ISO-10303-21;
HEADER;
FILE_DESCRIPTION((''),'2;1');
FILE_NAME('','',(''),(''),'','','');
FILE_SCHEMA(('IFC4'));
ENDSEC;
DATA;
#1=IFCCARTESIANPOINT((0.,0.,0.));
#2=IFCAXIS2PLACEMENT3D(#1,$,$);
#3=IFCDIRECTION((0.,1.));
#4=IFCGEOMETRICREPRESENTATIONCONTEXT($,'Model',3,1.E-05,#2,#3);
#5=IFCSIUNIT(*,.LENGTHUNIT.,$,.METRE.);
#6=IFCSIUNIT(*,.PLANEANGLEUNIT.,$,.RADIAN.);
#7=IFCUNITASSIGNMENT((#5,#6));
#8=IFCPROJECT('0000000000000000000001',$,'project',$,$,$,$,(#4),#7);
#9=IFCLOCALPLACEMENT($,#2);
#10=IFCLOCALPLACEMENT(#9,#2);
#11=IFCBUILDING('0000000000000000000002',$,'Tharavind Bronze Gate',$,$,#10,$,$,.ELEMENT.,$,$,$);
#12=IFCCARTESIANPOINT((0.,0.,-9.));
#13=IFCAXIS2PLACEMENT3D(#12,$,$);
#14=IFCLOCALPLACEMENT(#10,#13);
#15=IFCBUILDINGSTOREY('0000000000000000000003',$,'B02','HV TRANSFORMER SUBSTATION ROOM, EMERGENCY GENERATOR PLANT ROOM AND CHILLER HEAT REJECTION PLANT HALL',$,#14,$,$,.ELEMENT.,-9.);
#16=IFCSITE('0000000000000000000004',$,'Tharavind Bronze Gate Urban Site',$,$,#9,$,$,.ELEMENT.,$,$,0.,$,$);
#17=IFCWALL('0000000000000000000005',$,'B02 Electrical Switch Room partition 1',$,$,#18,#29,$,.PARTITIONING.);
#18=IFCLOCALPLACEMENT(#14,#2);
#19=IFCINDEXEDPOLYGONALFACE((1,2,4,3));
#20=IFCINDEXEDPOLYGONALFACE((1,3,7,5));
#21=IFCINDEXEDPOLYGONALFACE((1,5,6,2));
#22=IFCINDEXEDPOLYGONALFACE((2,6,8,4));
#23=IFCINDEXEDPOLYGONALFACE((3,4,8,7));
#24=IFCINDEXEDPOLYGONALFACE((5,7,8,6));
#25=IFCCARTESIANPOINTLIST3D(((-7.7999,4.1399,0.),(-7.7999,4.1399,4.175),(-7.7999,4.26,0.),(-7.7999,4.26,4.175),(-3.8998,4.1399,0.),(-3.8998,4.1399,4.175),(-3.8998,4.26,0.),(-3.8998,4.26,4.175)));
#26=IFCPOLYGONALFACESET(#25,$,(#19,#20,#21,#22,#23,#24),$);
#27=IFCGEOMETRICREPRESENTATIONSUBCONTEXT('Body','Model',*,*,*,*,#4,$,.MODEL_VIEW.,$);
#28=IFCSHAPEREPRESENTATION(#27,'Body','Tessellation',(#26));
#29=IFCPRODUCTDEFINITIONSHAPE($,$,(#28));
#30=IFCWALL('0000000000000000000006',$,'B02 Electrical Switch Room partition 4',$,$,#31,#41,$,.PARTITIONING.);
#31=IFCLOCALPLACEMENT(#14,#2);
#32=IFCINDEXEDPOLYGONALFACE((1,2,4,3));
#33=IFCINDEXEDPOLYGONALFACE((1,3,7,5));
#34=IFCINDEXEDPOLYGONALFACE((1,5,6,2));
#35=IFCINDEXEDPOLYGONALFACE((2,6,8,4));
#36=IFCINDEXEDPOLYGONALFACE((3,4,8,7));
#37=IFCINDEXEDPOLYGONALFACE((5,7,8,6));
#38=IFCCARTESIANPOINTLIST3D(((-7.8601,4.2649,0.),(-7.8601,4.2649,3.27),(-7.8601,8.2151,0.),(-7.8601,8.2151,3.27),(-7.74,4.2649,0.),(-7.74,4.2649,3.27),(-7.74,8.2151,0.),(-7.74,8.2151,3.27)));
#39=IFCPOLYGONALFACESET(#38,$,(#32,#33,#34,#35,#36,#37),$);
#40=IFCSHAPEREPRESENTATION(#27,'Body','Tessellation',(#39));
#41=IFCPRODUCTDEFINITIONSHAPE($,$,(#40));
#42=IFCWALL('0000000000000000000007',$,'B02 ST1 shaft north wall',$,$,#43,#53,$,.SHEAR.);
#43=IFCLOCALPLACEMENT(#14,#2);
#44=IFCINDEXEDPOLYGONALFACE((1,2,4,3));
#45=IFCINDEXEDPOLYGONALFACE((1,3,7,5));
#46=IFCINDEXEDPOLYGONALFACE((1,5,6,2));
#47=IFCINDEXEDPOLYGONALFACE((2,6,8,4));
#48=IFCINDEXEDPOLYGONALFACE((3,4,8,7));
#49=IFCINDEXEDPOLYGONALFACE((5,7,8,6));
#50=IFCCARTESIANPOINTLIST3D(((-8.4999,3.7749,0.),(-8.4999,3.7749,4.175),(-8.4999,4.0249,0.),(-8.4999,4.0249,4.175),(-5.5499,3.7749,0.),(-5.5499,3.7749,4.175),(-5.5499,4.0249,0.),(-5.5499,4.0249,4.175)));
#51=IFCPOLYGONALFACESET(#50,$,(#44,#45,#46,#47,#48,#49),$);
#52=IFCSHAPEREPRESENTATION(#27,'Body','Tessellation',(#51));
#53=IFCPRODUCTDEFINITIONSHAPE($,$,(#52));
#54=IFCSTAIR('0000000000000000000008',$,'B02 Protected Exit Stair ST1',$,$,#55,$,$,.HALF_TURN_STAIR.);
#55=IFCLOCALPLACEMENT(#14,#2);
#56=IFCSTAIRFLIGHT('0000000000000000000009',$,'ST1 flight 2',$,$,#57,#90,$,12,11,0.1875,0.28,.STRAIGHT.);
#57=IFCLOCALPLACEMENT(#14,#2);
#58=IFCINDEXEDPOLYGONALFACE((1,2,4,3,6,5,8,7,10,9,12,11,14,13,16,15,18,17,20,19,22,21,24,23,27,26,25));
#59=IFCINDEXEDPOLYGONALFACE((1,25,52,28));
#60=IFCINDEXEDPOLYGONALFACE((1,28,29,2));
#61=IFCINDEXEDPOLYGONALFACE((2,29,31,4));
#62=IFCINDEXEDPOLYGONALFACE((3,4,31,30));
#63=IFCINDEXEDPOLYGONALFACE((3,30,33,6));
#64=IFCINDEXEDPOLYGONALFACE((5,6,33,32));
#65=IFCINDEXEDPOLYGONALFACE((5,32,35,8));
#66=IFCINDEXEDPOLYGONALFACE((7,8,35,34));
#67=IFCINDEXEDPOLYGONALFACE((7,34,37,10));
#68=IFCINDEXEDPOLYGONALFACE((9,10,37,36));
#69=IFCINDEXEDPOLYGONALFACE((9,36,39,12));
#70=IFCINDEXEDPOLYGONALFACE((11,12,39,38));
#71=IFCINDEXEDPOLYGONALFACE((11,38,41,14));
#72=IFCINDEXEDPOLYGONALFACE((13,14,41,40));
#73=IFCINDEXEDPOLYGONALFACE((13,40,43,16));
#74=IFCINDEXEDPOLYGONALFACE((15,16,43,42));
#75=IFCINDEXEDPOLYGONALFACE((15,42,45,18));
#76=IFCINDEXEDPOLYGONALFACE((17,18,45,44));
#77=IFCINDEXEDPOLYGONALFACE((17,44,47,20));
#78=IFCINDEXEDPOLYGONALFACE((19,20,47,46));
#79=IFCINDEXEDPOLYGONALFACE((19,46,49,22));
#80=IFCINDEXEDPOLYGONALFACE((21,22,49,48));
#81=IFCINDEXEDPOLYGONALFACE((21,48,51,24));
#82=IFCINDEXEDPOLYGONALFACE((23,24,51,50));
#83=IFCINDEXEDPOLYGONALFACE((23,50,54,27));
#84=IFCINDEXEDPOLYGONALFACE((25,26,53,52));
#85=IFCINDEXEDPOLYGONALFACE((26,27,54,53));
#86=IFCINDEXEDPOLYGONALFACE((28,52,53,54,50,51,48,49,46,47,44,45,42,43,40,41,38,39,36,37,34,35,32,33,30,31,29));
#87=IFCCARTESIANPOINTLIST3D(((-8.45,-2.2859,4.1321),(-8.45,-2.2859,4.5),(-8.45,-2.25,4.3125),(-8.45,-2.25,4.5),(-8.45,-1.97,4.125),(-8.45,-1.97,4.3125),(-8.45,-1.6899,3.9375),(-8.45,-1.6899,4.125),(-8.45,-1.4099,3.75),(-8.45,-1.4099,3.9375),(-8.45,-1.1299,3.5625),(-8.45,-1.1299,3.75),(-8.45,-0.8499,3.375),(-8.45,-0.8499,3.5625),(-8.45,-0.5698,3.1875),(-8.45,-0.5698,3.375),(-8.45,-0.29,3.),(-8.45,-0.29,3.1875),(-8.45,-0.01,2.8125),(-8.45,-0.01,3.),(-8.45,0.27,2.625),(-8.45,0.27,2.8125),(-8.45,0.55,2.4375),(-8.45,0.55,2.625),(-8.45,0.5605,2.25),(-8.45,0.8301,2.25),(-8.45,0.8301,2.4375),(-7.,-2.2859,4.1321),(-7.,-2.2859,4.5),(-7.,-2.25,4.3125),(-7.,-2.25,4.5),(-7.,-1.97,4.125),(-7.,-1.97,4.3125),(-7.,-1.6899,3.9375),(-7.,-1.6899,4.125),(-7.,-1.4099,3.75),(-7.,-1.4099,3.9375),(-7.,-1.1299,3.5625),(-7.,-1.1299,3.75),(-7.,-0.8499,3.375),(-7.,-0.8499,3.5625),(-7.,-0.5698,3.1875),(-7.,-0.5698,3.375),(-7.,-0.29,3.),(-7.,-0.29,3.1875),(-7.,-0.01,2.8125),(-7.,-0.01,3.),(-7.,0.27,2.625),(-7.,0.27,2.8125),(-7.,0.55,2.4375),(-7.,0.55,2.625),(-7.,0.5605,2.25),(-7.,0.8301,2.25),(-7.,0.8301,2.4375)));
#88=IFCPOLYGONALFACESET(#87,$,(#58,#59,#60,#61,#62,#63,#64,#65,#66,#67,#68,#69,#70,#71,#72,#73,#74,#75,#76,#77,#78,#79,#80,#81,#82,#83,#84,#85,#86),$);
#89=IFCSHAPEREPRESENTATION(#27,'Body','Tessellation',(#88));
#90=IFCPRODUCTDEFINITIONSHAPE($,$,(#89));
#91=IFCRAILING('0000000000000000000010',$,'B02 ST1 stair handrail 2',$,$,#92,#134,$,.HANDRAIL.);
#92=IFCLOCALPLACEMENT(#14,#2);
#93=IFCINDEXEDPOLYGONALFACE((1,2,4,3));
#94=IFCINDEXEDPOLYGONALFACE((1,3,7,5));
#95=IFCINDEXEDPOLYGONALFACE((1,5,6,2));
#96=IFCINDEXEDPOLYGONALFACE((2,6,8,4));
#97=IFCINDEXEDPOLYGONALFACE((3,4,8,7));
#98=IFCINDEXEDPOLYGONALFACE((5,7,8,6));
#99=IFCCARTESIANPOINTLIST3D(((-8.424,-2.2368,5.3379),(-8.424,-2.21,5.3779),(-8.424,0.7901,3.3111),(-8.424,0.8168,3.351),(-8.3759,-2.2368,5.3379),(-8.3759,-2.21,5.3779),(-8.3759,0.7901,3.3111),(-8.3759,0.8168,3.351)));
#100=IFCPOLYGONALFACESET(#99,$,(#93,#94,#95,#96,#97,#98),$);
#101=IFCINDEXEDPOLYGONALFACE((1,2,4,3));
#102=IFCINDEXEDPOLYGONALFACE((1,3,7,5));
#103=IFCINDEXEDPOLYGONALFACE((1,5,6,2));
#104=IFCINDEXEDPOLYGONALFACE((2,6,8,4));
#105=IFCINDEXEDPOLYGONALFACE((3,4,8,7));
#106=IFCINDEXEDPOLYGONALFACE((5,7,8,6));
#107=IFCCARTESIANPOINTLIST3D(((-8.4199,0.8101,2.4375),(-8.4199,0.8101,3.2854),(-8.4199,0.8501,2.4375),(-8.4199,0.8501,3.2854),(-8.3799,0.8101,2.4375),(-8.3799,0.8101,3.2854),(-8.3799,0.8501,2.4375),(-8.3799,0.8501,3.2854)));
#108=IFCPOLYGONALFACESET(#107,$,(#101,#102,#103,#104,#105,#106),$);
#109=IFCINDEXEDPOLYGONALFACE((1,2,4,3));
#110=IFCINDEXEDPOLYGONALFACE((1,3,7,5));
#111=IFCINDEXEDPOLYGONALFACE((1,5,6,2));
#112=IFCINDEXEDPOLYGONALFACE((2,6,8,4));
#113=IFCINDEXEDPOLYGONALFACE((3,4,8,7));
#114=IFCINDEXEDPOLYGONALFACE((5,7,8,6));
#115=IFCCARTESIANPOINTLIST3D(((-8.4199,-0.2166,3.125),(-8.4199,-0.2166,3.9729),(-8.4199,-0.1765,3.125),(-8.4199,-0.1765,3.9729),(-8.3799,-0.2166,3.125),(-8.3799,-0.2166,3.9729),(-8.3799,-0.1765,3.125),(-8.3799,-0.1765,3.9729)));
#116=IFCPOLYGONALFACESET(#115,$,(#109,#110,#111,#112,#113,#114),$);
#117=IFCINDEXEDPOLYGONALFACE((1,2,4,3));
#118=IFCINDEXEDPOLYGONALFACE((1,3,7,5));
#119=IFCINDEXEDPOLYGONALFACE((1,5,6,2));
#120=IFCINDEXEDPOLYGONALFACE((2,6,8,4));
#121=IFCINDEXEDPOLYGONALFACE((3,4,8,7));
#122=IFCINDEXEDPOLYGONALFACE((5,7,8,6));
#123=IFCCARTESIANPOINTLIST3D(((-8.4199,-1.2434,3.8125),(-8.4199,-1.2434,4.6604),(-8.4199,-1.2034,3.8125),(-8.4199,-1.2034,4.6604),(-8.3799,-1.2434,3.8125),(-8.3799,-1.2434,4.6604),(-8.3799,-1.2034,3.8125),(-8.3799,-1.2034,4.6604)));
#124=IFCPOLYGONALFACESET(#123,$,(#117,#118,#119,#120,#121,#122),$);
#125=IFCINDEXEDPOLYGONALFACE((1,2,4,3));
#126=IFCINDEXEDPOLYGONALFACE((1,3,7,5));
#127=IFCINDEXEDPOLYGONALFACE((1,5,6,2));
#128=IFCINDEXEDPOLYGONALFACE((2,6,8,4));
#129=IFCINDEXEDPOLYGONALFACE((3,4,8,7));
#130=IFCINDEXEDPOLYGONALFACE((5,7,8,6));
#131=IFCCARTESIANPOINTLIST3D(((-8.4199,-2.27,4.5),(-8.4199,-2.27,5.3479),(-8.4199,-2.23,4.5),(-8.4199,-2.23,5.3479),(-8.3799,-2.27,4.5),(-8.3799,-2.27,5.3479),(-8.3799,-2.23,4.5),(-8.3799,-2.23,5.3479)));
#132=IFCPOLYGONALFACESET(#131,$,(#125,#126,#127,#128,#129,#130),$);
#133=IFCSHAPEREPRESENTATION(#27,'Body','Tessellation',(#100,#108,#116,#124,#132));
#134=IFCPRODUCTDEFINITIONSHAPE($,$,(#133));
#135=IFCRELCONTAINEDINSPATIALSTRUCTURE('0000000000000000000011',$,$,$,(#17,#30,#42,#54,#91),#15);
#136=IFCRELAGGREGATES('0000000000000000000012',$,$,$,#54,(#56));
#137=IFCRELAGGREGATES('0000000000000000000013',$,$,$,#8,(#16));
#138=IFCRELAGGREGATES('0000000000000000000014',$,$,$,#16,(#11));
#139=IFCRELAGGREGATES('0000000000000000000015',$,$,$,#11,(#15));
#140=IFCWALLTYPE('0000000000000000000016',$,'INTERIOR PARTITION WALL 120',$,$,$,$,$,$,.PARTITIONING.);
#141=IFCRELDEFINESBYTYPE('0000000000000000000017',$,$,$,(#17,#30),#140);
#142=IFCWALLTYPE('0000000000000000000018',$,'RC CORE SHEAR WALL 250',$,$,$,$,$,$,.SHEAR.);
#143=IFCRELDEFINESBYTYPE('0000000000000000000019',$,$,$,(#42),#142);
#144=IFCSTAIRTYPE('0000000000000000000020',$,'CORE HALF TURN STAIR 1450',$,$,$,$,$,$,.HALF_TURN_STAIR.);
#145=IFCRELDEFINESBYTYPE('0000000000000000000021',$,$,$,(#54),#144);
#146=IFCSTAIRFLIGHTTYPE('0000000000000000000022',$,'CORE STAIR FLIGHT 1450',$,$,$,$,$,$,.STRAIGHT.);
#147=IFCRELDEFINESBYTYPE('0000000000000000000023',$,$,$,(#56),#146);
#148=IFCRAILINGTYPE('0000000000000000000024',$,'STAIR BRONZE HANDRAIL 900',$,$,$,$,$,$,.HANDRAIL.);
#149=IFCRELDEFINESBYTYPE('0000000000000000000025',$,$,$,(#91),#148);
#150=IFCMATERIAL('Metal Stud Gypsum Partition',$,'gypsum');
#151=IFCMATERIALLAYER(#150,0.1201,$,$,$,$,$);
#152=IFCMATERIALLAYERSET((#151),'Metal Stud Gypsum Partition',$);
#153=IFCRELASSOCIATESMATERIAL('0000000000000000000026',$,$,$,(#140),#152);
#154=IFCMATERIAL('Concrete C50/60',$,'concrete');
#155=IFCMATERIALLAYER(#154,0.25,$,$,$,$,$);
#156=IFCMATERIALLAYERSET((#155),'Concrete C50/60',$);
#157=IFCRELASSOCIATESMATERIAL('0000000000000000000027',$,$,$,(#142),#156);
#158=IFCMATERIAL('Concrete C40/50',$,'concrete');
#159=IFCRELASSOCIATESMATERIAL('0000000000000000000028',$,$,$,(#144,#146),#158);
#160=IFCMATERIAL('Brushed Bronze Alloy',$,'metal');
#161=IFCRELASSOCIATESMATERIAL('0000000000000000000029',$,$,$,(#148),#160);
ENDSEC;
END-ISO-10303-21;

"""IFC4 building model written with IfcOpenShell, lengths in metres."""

from ifc_helpers import new_model, si_unit, direction, frame, frame_2d, origin, origin_2d, place, context, subcontext, project, spatial, polyline, rectangle, outline, extrude, material, layer, layer_set, type_object, element, aggregate, save


model = new_model("IFC4")

# Units and contexts
model_context = context("Model", 3, precision=1e-05, world=origin(), true_north=direction((0.0, 1.0)))
body_context = subcontext(model_context, "Body", "Model", "MODEL_VIEW")
ifc_project = project(units=[si_unit("LENGTHUNIT", "METRE"), si_unit("PLANEANGLEUNIT", "RADIAN")], contexts=[model_context])

# Site, building, storey
site_placement = place(None, origin())
site = spatial("IfcSite", under=ifc_project, at=site_placement, Name="Tharavind Bronze Gate Urban Site", CompositionType="ELEMENT", RefElevation=0.0)
building_placement = place(site_placement, origin())
building = spatial("IfcBuilding", under=site, at=building_placement, Name="Tharavind Bronze Gate", CompositionType="ELEMENT")
storey_placement = place(building_placement, frame((0.0, 0.0, -9.0)))
storey = spatial("IfcBuildingStorey", under=building, at=storey_placement, Name="B02", Description="HV TRANSFORMER SUBSTATION ROOM, EMERGENCY GENERATOR PLANT ROOM AND CHILLER HEAT REJECTION PLANT HALL", CompositionType="ELEMENT", Elevation=-9.0)

# Shared definitions
ifc_material_1 = material(Name="Concrete C50/60", Category="concrete")

# Walls
ifc_material_2 = material(Name="Metal Stud Gypsum Partition", Category="gypsum")
ifc_layer_1 = layer(ifc_material_2, 0.1201)
ifc_layer_set_1 = layer_set([ifc_layer_1], Name="Metal Stud Gypsum Partition")
wall_type_1 = type_object("IfcWallType", Name="INTERIOR PARTITION WALL 120", PredefinedType="PARTITIONING", material=ifc_layer_set_1)
wall_1_placement = place(storey_placement, frame((-7.8, 4.2, 0.0), z_axis=(0.0, 0.0, 1.0), x_axis=(1.0, 0.0, 0.0)))
element("IfcWall", 1, at=wall_1_placement, inside=storey, type_object=wall_type_1, Name="B02 Electrical Switch Room partition 1", PredefinedType="PARTITIONING", context=body_context, shape_type="SweptSolid", body=[
    extrude(rectangle(XDim=3.9001, YDim=0.1201, at=frame_2d((1.9502, 0.0))), origin(), (0.0, 0.0, 1.0), 4.175),
])
wall_2_placement = place(storey_placement, frame((-7.8, 8.2151, 0.0), z_axis=(0.0, 0.0, 1.0), x_axis=(0.0, -1.0, 0.0)))
element("IfcWall", 2, at=wall_2_placement, inside=storey, type_object=wall_type_1, Name="B02 Electrical Switch Room partition 4", PredefinedType="PARTITIONING", context=body_context, shape_type="SweptSolid", body=[
    extrude(rectangle(XDim=3.9502, YDim=0.1201, at=frame_2d((1.9751, 0.0))), origin(), (0.0, 0.0, 1.0), 3.27),
])
ifc_layer_2 = layer(ifc_material_1, 0.25)
ifc_layer_set_2 = layer_set([ifc_layer_2], Name="Concrete C50/60")
wall_type_2 = type_object("IfcWallType", Name="RC CORE SHEAR WALL 250", PredefinedType="SHEAR", material=ifc_layer_set_2)
wall_3_placement = place(storey_placement, frame((-8.5, 3.8999, 0.0), z_axis=(0.0, 0.0, 1.0), x_axis=(1.0, 0.0, 0.0)))
element("IfcWall", 3, at=wall_3_placement, inside=storey, type_object=wall_type_2, Name="B02 ST1 shaft north wall", PredefinedType="SHEAR", context=body_context, shape_type="SweptSolid", body=[
    extrude(rectangle(XDim=2.95, YDim=0.25, at=frame_2d((1.4751, 0.0))), origin(), (0.0, 0.0, 1.0), 4.175),
])

# Stair, stair flight
ifc_material_3 = material(Name="Concrete C40/50", Category="concrete")
stair_type = type_object("IfcStairType", Name="CORE HALF TURN STAIR 1450", PredefinedType="HALF_TURN_STAIR", material=ifc_material_3)
stair_placement = place(storey_placement, origin())
stair = element("IfcStair", 4, at=stair_placement, inside=storey, type_object=stair_type, Name="B02 Protected Exit Stair ST1", PredefinedType="HALF_TURN_STAIR")
stair_flight_type = type_object("IfcStairFlightType", Name="CORE STAIR FLIGHT 1450", PredefinedType="STRAIGHT", material=ifc_material_3)
stair_flight_placement = place(storey_placement, frame((-7.7251, 0.8301, 2.25), z_axis=(0.0, 0.0, 1.0), x_axis=(0.0, -1.0, 0.0)))
stair_flight = element("IfcStairFlight", 5, at=stair_flight_placement, type_object=stair_flight_type, Name="ST1 flight 2", NumberOfRisers=12, NumberOfTreads=11, PredefinedType="STRAIGHT", RiserHeight=0.1875, TreadLength=0.28, context=body_context, shape_type="SweptSolid", body=[
    extrude(outline(polyline([(0.0, 0.0), (0.0, 0.1875), (0.28, 0.1875), (0.28, 0.375), (0.5601, 0.375), (0.5601, 0.5625), (0.8401, 0.5625), (0.8401, 0.75), (1.1201, 0.75), (1.1201, 0.9375), (1.3999, 0.9375), (1.3999, 1.125), (1.6799, 1.125), (1.6799, 1.3125), (1.96, 1.3125), (1.96, 1.5), (2.24, 1.5), (2.24, 1.6875), (2.52, 1.6875), (2.52, 1.875), (2.8, 1.875), (2.8, 2.0625), (3.0801, 2.0625), (3.0801, 2.25), (3.116, 2.25), (3.116, 1.8821), (0.2695, 0.0), (0.0, 0.0)])), frame((0.0, 0.7251, 0.0), z_axis=(0.0, -1.0, 0.0), x_axis=(1.0, 0.0, 0.0)), (0.0, 0.0, 1.0), 1.45),
])
aggregate(stair, [stair_flight])

# Railing
ifc_material_4 = material(Name="Brushed Bronze Alloy", Category="metal")
railing_type = type_object("IfcRailingType", Name="STAIR BRONZE HANDRAIL 900", PredefinedType="HANDRAIL", material=ifc_material_4)
railing_placement = place(storey_placement, frame((-8.3999, 0.8301, 2.4375)))
element("IfcRailing", 6, at=railing_placement, inside=storey, type_object=railing_type, Name="B02 ST1 stair handrail 2", PredefinedType="HANDRAIL", context=body_context, shape_type="SweptSolid", body=[
    extrude(rectangle(XDim=0.0481, YDim=0.0481, at=origin_2d()), frame((0.0, -0.0266, 0.8936), z_axis=(0.0, -0.830914, 0.556401), x_axis=(1.0, 0.0, 0.0)), (0.0, 0.0, 1.0), 3.6428),
    extrude(rectangle(XDim=0.04, YDim=0.04, at=origin_2d()), origin(), (0.0, 0.0, 1.0), 0.8479),
    extrude(rectangle(XDim=0.04, YDim=0.04, at=origin_2d()), frame((0.0, -1.0266, 0.6875)), (0.0, 0.0, 1.0), 0.8479),
    extrude(rectangle(XDim=0.04, YDim=0.04, at=origin_2d()), frame((0.0, -2.0535, 1.375)), (0.0, 0.0, 1.0), 0.8479),
    extrude(rectangle(XDim=0.04, YDim=0.04, at=origin_2d()), frame((0.0, -3.0801, 2.0625)), (0.0, 0.0, 1.0), 0.8479),
])

save(model, "model.ifc")
